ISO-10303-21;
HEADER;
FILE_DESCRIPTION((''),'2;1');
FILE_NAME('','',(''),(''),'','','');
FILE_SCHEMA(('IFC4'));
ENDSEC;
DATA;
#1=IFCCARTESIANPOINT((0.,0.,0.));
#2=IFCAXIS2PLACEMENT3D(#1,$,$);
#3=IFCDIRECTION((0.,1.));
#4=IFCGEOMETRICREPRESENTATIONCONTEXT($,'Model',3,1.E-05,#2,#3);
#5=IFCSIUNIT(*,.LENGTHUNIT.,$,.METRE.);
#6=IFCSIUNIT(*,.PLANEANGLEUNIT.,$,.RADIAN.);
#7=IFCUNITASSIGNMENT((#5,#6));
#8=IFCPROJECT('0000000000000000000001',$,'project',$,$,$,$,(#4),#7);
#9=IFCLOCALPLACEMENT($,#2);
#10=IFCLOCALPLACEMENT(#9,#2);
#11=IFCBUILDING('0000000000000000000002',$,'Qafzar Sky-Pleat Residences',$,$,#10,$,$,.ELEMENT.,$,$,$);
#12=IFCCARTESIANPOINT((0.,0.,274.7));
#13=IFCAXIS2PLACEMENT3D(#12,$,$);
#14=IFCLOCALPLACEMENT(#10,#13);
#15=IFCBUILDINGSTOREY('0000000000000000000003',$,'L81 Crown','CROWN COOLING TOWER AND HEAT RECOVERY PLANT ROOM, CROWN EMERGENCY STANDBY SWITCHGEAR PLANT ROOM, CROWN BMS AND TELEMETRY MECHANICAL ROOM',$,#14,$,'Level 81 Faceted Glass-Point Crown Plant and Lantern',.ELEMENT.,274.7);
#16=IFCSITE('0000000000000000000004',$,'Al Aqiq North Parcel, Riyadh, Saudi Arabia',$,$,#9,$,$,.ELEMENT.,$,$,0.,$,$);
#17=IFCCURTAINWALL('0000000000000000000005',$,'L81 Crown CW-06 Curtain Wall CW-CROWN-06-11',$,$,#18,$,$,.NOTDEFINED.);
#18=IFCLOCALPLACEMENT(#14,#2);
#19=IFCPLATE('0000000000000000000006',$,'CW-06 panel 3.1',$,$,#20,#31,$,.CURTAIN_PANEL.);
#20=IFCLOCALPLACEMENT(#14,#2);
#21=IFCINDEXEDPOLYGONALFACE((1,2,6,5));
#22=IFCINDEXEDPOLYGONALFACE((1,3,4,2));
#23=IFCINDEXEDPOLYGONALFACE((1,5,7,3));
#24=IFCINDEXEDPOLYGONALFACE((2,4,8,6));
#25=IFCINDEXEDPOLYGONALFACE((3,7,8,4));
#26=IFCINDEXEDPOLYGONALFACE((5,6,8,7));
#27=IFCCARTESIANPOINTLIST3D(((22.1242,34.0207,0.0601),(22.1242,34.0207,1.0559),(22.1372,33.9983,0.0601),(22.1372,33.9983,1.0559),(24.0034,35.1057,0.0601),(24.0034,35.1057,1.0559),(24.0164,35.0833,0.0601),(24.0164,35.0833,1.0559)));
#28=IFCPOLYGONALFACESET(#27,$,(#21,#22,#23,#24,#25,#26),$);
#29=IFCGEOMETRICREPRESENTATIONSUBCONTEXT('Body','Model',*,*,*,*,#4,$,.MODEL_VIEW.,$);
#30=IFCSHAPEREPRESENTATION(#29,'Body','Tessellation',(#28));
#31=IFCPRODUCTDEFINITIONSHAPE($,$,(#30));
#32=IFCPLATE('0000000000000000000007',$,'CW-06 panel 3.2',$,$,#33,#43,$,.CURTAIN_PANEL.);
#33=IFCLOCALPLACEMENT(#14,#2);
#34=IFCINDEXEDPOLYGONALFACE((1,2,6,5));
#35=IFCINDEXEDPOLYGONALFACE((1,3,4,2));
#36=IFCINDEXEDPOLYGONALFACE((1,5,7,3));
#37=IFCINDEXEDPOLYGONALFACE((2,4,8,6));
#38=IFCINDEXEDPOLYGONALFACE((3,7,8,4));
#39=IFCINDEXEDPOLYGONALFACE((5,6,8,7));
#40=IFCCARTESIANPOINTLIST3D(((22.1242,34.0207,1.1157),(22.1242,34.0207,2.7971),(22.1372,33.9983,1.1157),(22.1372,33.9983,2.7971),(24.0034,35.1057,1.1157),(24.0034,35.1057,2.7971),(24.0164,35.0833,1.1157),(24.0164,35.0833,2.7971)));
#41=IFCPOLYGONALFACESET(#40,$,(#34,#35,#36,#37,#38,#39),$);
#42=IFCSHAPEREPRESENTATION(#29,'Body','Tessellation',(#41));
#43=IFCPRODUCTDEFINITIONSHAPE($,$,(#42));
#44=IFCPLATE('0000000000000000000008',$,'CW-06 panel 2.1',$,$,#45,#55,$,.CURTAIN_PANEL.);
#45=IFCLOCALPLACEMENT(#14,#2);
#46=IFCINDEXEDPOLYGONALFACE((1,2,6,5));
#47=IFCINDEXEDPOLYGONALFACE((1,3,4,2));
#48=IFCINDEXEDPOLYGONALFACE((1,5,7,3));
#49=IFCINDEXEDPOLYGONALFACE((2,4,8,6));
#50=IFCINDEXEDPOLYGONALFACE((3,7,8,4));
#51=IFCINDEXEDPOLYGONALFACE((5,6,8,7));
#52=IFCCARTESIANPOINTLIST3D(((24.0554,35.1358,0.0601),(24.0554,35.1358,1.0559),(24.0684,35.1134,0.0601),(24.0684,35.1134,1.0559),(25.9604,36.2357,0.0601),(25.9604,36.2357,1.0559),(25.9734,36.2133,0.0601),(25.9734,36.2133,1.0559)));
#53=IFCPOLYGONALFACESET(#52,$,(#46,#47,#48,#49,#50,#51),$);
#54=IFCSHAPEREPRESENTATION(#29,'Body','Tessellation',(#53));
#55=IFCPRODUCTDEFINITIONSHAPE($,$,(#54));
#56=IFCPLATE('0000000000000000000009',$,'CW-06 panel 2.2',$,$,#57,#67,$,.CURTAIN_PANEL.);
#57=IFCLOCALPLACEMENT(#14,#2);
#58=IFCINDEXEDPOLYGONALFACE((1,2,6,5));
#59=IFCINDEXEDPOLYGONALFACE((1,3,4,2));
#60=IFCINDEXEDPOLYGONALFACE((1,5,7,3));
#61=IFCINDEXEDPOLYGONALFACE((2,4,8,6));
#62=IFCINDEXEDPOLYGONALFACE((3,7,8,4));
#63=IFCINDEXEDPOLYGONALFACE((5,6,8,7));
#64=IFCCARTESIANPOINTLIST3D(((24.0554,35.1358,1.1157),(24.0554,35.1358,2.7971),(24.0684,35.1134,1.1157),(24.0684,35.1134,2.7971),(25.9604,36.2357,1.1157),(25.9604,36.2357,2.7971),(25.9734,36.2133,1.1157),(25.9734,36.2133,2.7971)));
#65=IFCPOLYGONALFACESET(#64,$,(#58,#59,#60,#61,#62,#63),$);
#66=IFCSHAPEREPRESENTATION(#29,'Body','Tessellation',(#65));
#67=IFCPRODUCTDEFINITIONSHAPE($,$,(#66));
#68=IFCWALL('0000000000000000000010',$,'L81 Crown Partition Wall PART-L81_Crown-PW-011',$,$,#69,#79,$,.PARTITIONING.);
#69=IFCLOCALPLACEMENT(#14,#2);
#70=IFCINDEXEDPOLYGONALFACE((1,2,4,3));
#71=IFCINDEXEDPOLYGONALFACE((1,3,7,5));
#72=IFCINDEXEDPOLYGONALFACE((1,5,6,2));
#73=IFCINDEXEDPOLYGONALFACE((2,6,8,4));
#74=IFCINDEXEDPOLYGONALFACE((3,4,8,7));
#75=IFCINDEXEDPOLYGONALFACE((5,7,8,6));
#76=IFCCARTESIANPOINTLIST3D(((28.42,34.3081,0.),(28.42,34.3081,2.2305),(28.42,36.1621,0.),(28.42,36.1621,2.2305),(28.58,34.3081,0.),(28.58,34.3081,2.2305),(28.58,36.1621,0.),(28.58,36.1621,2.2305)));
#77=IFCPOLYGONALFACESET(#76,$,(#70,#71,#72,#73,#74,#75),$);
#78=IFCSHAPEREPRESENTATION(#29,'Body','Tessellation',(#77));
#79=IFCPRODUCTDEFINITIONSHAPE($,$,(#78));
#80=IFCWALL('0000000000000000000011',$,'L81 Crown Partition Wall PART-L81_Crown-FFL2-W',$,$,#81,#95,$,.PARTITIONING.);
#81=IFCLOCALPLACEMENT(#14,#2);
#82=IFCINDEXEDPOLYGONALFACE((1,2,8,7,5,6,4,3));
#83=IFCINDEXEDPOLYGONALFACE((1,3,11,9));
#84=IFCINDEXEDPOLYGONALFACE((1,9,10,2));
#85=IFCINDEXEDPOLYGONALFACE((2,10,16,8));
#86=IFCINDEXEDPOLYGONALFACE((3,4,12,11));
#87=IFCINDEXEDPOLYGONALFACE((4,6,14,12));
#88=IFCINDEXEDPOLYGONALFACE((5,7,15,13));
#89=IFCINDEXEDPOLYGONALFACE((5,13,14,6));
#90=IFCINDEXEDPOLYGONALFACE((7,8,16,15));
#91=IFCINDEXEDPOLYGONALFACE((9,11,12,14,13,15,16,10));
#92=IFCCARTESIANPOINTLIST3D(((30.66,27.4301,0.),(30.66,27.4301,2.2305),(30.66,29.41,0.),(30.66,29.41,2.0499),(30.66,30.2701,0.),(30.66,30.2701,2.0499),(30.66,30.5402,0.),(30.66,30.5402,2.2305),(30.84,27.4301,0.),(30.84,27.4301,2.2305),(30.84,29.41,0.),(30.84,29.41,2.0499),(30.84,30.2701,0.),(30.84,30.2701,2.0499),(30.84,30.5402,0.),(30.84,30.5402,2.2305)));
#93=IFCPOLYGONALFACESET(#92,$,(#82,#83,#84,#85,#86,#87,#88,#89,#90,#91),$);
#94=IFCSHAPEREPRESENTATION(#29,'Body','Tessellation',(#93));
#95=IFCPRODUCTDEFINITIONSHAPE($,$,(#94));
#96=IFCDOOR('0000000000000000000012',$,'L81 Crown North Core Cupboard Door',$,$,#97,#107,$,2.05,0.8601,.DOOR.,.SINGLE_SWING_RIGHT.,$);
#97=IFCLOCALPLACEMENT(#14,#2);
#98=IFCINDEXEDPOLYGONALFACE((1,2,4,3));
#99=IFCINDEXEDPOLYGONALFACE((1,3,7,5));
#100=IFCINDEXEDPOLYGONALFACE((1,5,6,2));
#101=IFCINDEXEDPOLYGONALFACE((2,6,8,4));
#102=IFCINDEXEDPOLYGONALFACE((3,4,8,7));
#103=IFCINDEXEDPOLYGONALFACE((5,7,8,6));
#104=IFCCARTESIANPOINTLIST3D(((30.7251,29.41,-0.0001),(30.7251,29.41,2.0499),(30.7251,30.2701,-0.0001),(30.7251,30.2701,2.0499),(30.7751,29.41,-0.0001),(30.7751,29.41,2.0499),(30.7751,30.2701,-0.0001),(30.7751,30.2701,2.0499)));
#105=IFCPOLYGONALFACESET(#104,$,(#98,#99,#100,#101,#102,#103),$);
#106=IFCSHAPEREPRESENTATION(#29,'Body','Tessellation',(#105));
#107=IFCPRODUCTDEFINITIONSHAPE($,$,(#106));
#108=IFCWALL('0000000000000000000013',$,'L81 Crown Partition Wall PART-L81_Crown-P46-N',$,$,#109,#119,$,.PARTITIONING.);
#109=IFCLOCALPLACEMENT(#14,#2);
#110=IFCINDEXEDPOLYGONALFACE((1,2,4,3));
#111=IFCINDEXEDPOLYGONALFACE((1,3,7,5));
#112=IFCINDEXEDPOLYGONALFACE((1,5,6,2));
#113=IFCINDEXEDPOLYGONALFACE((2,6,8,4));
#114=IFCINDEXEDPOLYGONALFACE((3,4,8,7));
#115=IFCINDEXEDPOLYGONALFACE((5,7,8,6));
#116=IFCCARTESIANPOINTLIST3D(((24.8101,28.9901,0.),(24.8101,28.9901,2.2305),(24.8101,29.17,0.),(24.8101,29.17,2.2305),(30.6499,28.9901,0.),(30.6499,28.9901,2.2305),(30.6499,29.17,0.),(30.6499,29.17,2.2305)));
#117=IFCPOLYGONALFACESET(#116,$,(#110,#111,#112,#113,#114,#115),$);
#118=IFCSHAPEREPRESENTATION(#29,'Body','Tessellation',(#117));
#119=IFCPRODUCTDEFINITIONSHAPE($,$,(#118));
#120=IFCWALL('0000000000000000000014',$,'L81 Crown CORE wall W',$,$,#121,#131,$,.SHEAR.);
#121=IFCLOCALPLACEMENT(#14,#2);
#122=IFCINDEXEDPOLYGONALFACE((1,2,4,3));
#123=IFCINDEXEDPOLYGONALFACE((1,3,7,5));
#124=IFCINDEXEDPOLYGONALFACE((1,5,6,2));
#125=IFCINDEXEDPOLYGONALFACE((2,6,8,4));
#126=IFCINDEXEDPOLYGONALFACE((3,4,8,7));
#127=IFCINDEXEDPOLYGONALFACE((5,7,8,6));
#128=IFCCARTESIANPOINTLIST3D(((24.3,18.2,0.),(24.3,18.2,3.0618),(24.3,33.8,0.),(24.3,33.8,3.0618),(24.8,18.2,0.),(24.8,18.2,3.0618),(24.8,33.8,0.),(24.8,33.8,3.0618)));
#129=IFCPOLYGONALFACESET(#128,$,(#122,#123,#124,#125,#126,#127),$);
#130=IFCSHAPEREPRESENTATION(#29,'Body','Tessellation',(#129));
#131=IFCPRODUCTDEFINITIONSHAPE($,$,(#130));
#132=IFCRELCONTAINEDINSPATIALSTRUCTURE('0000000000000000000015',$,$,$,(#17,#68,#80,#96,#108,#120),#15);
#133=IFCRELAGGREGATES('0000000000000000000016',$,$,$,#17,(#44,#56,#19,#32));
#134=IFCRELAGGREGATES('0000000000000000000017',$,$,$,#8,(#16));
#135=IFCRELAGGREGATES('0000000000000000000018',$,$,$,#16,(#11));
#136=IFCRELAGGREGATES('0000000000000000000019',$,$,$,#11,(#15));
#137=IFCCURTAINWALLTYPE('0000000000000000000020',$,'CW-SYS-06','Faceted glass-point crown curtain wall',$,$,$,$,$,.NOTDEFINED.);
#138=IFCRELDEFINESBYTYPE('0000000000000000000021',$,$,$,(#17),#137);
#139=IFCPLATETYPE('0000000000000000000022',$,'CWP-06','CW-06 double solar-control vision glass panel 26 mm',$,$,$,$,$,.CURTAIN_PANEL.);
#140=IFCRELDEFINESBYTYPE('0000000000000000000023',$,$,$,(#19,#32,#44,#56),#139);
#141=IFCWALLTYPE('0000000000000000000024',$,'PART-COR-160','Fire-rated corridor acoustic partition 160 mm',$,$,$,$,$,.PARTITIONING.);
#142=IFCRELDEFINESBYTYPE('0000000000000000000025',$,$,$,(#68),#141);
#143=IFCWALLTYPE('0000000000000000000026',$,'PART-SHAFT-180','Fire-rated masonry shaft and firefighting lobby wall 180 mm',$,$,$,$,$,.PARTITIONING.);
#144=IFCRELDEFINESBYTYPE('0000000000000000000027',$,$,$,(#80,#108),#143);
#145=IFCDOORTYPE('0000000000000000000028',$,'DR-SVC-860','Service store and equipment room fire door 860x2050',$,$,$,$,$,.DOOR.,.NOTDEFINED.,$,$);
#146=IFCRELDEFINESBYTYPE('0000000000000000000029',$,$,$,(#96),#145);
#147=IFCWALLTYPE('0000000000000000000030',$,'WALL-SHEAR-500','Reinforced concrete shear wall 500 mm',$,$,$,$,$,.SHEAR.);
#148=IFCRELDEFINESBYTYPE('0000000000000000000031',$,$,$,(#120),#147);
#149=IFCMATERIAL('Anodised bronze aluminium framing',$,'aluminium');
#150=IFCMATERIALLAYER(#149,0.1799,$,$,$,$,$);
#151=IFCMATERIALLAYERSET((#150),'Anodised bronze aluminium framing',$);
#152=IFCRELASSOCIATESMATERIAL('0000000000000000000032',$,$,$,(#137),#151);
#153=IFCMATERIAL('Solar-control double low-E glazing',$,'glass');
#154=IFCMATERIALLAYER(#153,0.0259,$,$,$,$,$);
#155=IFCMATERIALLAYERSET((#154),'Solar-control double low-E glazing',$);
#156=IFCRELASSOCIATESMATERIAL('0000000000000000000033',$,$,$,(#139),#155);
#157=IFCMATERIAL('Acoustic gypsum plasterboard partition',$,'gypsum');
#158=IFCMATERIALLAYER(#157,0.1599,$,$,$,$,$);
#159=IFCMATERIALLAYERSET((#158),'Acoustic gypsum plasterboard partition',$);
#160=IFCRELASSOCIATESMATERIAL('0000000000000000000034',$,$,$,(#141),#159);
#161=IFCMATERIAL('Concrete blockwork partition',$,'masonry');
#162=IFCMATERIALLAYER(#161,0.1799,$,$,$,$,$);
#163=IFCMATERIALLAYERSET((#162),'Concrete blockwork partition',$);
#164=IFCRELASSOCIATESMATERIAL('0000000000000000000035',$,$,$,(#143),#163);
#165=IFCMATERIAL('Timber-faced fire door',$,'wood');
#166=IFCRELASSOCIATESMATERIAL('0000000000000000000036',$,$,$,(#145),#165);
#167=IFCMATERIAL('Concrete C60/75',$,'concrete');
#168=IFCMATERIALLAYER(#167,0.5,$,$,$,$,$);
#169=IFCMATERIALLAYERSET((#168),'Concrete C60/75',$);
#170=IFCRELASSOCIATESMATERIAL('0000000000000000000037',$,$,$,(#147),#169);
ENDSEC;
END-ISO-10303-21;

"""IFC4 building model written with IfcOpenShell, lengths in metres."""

from ifc_helpers import new_model, si_unit, direction, frame, frame_2d, origin, origin_2d, place, context, subcontext, project, spatial, rectangle, extrude, source, transform, mapped, material, layer, layer_set, type_object, element, fill, aggregate, save


model = new_model("IFC4")

# Units and contexts
model_context = context("Model", 3, precision=1e-05, world=origin(), true_north=direction((0.0, 1.0)))
body_context = subcontext(model_context, "Body", "Model", "MODEL_VIEW")
ifc_project = project(units=[si_unit("LENGTHUNIT", "METRE"), si_unit("PLANEANGLEUNIT", "RADIAN")], contexts=[model_context])

# Site, building, storey
site_placement = place(None, origin())
site = spatial("IfcSite", under=ifc_project, at=site_placement, Name="Al Aqiq North Parcel, Riyadh, Saudi Arabia", CompositionType="ELEMENT", RefElevation=0.0)
building_placement = place(site_placement, origin())
building = spatial("IfcBuilding", under=site, at=building_placement, Name="Qafzar Sky-Pleat Residences", CompositionType="ELEMENT")
storey_placement = place(building_placement, frame((0.0, 0.0, 274.7)))
storey = spatial("IfcBuildingStorey", under=building, at=storey_placement, Name="L81 Crown", Description="CROWN COOLING TOWER AND HEAT RECOVERY PLANT ROOM, CROWN EMERGENCY STANDBY SWITCHGEAR PLANT ROOM, CROWN BMS AND TELEMETRY MECHANICAL ROOM", LongName="Level 81 Faceted Glass-Point Crown Plant and Lantern", CompositionType="ELEMENT", Elevation=274.7)

# Curtain wall, plates
ifc_material_1 = material(Name="Anodised bronze aluminium framing", Category="aluminium")
ifc_layer_1 = layer(ifc_material_1, 0.1799)
ifc_layer_set_1 = layer_set([ifc_layer_1], Name="Anodised bronze aluminium framing")
curtain_wall_type = type_object("IfcCurtainWallType", Name="CW-SYS-06", Description="Faceted glass-point crown curtain wall", PredefinedType="NOTDEFINED", material=ifc_layer_set_1)
curtain_wall_placement = place(storey_placement, origin())
curtain_wall = element("IfcCurtainWall", 1, at=curtain_wall_placement, inside=storey, type_object=curtain_wall_type, Name="L81 Crown CW-06 Curtain Wall CW-CROWN-06-11", PredefinedType="NOTDEFINED")
ifc_material_2 = material(Name="Solar-control double low-E glazing", Category="glass")
ifc_layer_2 = layer(ifc_material_2, 0.0259)
ifc_layer_set_2 = layer_set([ifc_layer_2], Name="Solar-control double low-E glazing")
plate_type = type_object("IfcPlateType", Name="CWP-06", Description="CW-06 double solar-control vision glass panel 26 mm", PredefinedType="CURTAIN_PANEL", material=ifc_layer_set_2)
shared_shape_1 = source(origin(), body_context, "Body", "SweptSolid", [
    extrude(rectangle(XDim=2.1699, YDim=0.0259, at=origin_2d()), origin(), (0.0, 0.0, 1.0), 0.9958),
])
plate_1_placement = place(storey_placement, frame((23.0703, 34.552, 0.0601), z_axis=(0.0, 0.0, 1.0), x_axis=(-0.866028, -0.499996, 0.0)))
plate_1 = element("IfcPlate", 2, at=plate_1_placement, type_object=plate_type, Name="CW-06 panel 3.1", PredefinedType="CURTAIN_PANEL", context=body_context, shape_type="MappedRepresentation", body=[
    mapped(shared_shape_1, transform((0.0, 0.0, 0.0), x_axis=(1.0, 0.0, 0.0), y_axis=(0.0, 1.0, 0.0), z_axis=(0.0, 0.0, 1.0), scale=1.0)),
])
shared_shape_2 = source(origin(), body_context, "Body", "SweptSolid", [
    extrude(rectangle(XDim=2.1699, YDim=0.0259, at=origin_2d()), origin(), (0.0, 0.0, 1.0), 1.6814),
])
plate_2_placement = place(storey_placement, frame((23.0703, 34.552, 1.1157), z_axis=(0.0, 0.0, 1.0), x_axis=(-0.866028, -0.499996, 0.0)))
plate_2 = element("IfcPlate", 3, at=plate_2_placement, type_object=plate_type, Name="CW-06 panel 3.2", PredefinedType="CURTAIN_PANEL", context=body_context, shape_type="MappedRepresentation", body=[
    mapped(shared_shape_2, transform((0.0, 0.0, 0.0), x_axis=(1.0, 0.0, 0.0), y_axis=(0.0, 1.0, 0.0), z_axis=(0.0, 0.0, 1.0), scale=1.0)),
])
shared_shape_3 = source(origin(), body_context, "Body", "SweptSolid", [
    extrude(rectangle(XDim=2.1997, YDim=0.0259, at=origin_2d()), origin(), (0.0, 0.0, 1.0), 0.9958),
])
plate_3_placement = place(storey_placement, frame((25.0144, 35.6746, 0.0601), z_axis=(0.0, 0.0, 1.0), x_axis=(-0.866028, -0.499996, 0.0)))
plate_3 = element("IfcPlate", 4, at=plate_3_placement, type_object=plate_type, Name="CW-06 panel 2.1", PredefinedType="CURTAIN_PANEL", context=body_context, shape_type="MappedRepresentation", body=[
    mapped(shared_shape_3, transform((0.0, 0.0, 0.0), x_axis=(1.0, 0.0, 0.0), y_axis=(0.0, 1.0, 0.0), z_axis=(0.0, 0.0, 1.0), scale=1.0)),
])
shared_shape_4 = source(origin(), body_context, "Body", "SweptSolid", [
    extrude(rectangle(XDim=2.1997, YDim=0.0259, at=origin_2d()), origin(), (0.0, 0.0, 1.0), 1.6814),
])
plate_4_placement = place(storey_placement, frame((25.0144, 35.6746, 1.1157), z_axis=(0.0, 0.0, 1.0), x_axis=(-0.866028, -0.499996, 0.0)))
plate_4 = element("IfcPlate", 5, at=plate_4_placement, type_object=plate_type, Name="CW-06 panel 2.2", PredefinedType="CURTAIN_PANEL", context=body_context, shape_type="MappedRepresentation", body=[
    mapped(shared_shape_4, transform((0.0, 0.0, 0.0), x_axis=(1.0, 0.0, 0.0), y_axis=(0.0, 1.0, 0.0), z_axis=(0.0, 0.0, 1.0), scale=1.0)),
])
aggregate(curtain_wall, [plate_3, plate_4, plate_1, plate_2])

# Wall
ifc_material_3 = material(Name="Acoustic gypsum plasterboard partition", Category="gypsum")
ifc_layer_3 = layer(ifc_material_3, 0.1599)
ifc_layer_set_3 = layer_set([ifc_layer_3], Name="Acoustic gypsum plasterboard partition")
wall_type_1 = type_object("IfcWallType", Name="PART-COR-160", Description="Fire-rated corridor acoustic partition 160 mm", PredefinedType="PARTITIONING", material=ifc_layer_set_3)
wall_1_placement = place(storey_placement, frame((28.5, 34.3081, 0.0), z_axis=(0.0, 0.0, 1.0), x_axis=(0.0, 1.0, 0.0)))
element("IfcWall", 6, at=wall_1_placement, inside=storey, type_object=wall_type_1, Name="L81 Crown Partition Wall PART-L81_Crown-PW-011", PredefinedType="PARTITIONING", context=body_context, shape_type="SweptSolid", body=[
    extrude(rectangle(XDim=1.854, YDim=0.1599, at=frame_2d((0.927, 0.0))), origin(), (0.0, 0.0, 1.0), 2.2305),
])

# Wall, opening, door
ifc_material_4 = material(Name="Concrete blockwork partition", Category="masonry")
ifc_layer_4 = layer(ifc_material_4, 0.1799)
ifc_layer_set_4 = layer_set([ifc_layer_4], Name="Concrete blockwork partition")
wall_type_2 = type_object("IfcWallType", Name="PART-SHAFT-180", Description="Fire-rated masonry shaft and firefighting lobby wall 180 mm", PredefinedType="PARTITIONING", material=ifc_layer_set_4)
wall_2_placement = place(storey_placement, frame((30.75, 27.4299, 0.0), z_axis=(0.0, 0.0, 1.0), x_axis=(0.0, 1.0, 0.0)))
wall_2 = element("IfcWall", 7, at=wall_2_placement, inside=storey, type_object=wall_type_2, Name="L81 Crown Partition Wall PART-L81_Crown-FFL2-W", PredefinedType="PARTITIONING", context=body_context, shape_type="SweptSolid", body=[
    extrude(rectangle(XDim=3.1101, YDim=0.1799, at=frame_2d((1.5552, 0.0))), origin(), (0.0, 0.0, 1.0), 2.2305),
])
opening_1_placement = place(wall_2_placement, frame((1.98, 0.0, 0.0)))
opening_1 = element("IfcOpeningElement", 8, at=opening_1_placement, cuts=wall_2, PredefinedType="OPENING", context=body_context, shape_type="SweptSolid", body=[
    extrude(rectangle(XDim=0.8601, YDim=2.05, at=frame_2d((0.4302, 1.0249))), frame((0.0, 0.1001, 0.0), z_axis=(0.0, -1.0, 0.0), x_axis=(1.0, 0.0, 0.0)), (0.0, 0.0, 1.0), 0.2),
])
ifc_material_5 = material(Name="Timber-faced fire door", Category="wood")
door_type_1 = type_object("IfcDoorType", Name="DR-SVC-860", Description="Service store and equipment room fire door 860x2050", OperationType="NOTDEFINED", PredefinedType="DOOR", material=ifc_material_5)
shared_shape_5 = source(origin(), body_context, "Body", "SweptSolid", [
    extrude(rectangle(XDim=0.8601, YDim=2.05, at=frame_2d((0.4302, 1.0249))), frame((0.0, 0.0249, 0.0), z_axis=(0.0, -1.0, 0.0), x_axis=(1.0, 0.0, 0.0)), (0.0, 0.0, 1.0), 0.05),
])
door_1_placement = place(opening_1_placement, origin())
door_1 = element("IfcDoor", 9, at=door_1_placement, inside=storey, type_object=door_type_1, Name="L81 Crown North Core Cupboard Door", OperationType="SINGLE_SWING_RIGHT", OverallHeight=2.05, OverallWidth=0.8601, PredefinedType="DOOR", context=body_context, shape_type="MappedRepresentation", body=[
    mapped(shared_shape_5, transform((0.0, 0.0, 0.0), x_axis=(1.0, 0.0, 0.0), y_axis=(0.0, 1.0, 0.0), z_axis=(0.0, 0.0, 1.0), scale=1.0)),
])
fill(opening_1, door_1)

# Wall
wall_3_placement = place(storey_placement, frame((24.8101, 29.0801, 0.0), z_axis=(0.0, 0.0, 1.0), x_axis=(1.0, 0.0, 0.0)))
element("IfcWall", 10, at=wall_3_placement, inside=storey, type_object=wall_type_2, Name="L81 Crown Partition Wall PART-L81_Crown-P46-N", PredefinedType="PARTITIONING", context=body_context, shape_type="SweptSolid", body=[
    extrude(rectangle(XDim=5.8398, YDim=0.1799, at=frame_2d((2.9199, 0.0))), origin(), (0.0, 0.0, 1.0), 2.2305),
])

# Shared definitions
ifc_material_6 = material(Name="Concrete C60/75", Category="concrete")

# Wall
ifc_layer_5 = layer(ifc_material_6, 0.5)
ifc_layer_set_5 = layer_set([ifc_layer_5], Name="Concrete C60/75")
wall_type_3 = type_object("IfcWallType", Name="WALL-SHEAR-500", Description="Reinforced concrete shear wall 500 mm", PredefinedType="SHEAR", material=ifc_layer_set_5)
wall_4_placement = place(storey_placement, frame((24.55, 33.8, 0.0), z_axis=(0.0, 0.0, 1.0), x_axis=(0.0, -1.0, 0.0)))
element("IfcWall", 11, at=wall_4_placement, inside=storey, type_object=wall_type_3, Name="L81 Crown CORE wall W", PredefinedType="SHEAR", context=body_context, shape_type="SweptSolid", body=[
    extrude(rectangle(XDim=15.6001, YDim=0.5, at=frame_2d((7.8, 0.0))), origin(), (0.0, 0.0, 1.0), 3.0618),
])

save(model, "model.ifc")
